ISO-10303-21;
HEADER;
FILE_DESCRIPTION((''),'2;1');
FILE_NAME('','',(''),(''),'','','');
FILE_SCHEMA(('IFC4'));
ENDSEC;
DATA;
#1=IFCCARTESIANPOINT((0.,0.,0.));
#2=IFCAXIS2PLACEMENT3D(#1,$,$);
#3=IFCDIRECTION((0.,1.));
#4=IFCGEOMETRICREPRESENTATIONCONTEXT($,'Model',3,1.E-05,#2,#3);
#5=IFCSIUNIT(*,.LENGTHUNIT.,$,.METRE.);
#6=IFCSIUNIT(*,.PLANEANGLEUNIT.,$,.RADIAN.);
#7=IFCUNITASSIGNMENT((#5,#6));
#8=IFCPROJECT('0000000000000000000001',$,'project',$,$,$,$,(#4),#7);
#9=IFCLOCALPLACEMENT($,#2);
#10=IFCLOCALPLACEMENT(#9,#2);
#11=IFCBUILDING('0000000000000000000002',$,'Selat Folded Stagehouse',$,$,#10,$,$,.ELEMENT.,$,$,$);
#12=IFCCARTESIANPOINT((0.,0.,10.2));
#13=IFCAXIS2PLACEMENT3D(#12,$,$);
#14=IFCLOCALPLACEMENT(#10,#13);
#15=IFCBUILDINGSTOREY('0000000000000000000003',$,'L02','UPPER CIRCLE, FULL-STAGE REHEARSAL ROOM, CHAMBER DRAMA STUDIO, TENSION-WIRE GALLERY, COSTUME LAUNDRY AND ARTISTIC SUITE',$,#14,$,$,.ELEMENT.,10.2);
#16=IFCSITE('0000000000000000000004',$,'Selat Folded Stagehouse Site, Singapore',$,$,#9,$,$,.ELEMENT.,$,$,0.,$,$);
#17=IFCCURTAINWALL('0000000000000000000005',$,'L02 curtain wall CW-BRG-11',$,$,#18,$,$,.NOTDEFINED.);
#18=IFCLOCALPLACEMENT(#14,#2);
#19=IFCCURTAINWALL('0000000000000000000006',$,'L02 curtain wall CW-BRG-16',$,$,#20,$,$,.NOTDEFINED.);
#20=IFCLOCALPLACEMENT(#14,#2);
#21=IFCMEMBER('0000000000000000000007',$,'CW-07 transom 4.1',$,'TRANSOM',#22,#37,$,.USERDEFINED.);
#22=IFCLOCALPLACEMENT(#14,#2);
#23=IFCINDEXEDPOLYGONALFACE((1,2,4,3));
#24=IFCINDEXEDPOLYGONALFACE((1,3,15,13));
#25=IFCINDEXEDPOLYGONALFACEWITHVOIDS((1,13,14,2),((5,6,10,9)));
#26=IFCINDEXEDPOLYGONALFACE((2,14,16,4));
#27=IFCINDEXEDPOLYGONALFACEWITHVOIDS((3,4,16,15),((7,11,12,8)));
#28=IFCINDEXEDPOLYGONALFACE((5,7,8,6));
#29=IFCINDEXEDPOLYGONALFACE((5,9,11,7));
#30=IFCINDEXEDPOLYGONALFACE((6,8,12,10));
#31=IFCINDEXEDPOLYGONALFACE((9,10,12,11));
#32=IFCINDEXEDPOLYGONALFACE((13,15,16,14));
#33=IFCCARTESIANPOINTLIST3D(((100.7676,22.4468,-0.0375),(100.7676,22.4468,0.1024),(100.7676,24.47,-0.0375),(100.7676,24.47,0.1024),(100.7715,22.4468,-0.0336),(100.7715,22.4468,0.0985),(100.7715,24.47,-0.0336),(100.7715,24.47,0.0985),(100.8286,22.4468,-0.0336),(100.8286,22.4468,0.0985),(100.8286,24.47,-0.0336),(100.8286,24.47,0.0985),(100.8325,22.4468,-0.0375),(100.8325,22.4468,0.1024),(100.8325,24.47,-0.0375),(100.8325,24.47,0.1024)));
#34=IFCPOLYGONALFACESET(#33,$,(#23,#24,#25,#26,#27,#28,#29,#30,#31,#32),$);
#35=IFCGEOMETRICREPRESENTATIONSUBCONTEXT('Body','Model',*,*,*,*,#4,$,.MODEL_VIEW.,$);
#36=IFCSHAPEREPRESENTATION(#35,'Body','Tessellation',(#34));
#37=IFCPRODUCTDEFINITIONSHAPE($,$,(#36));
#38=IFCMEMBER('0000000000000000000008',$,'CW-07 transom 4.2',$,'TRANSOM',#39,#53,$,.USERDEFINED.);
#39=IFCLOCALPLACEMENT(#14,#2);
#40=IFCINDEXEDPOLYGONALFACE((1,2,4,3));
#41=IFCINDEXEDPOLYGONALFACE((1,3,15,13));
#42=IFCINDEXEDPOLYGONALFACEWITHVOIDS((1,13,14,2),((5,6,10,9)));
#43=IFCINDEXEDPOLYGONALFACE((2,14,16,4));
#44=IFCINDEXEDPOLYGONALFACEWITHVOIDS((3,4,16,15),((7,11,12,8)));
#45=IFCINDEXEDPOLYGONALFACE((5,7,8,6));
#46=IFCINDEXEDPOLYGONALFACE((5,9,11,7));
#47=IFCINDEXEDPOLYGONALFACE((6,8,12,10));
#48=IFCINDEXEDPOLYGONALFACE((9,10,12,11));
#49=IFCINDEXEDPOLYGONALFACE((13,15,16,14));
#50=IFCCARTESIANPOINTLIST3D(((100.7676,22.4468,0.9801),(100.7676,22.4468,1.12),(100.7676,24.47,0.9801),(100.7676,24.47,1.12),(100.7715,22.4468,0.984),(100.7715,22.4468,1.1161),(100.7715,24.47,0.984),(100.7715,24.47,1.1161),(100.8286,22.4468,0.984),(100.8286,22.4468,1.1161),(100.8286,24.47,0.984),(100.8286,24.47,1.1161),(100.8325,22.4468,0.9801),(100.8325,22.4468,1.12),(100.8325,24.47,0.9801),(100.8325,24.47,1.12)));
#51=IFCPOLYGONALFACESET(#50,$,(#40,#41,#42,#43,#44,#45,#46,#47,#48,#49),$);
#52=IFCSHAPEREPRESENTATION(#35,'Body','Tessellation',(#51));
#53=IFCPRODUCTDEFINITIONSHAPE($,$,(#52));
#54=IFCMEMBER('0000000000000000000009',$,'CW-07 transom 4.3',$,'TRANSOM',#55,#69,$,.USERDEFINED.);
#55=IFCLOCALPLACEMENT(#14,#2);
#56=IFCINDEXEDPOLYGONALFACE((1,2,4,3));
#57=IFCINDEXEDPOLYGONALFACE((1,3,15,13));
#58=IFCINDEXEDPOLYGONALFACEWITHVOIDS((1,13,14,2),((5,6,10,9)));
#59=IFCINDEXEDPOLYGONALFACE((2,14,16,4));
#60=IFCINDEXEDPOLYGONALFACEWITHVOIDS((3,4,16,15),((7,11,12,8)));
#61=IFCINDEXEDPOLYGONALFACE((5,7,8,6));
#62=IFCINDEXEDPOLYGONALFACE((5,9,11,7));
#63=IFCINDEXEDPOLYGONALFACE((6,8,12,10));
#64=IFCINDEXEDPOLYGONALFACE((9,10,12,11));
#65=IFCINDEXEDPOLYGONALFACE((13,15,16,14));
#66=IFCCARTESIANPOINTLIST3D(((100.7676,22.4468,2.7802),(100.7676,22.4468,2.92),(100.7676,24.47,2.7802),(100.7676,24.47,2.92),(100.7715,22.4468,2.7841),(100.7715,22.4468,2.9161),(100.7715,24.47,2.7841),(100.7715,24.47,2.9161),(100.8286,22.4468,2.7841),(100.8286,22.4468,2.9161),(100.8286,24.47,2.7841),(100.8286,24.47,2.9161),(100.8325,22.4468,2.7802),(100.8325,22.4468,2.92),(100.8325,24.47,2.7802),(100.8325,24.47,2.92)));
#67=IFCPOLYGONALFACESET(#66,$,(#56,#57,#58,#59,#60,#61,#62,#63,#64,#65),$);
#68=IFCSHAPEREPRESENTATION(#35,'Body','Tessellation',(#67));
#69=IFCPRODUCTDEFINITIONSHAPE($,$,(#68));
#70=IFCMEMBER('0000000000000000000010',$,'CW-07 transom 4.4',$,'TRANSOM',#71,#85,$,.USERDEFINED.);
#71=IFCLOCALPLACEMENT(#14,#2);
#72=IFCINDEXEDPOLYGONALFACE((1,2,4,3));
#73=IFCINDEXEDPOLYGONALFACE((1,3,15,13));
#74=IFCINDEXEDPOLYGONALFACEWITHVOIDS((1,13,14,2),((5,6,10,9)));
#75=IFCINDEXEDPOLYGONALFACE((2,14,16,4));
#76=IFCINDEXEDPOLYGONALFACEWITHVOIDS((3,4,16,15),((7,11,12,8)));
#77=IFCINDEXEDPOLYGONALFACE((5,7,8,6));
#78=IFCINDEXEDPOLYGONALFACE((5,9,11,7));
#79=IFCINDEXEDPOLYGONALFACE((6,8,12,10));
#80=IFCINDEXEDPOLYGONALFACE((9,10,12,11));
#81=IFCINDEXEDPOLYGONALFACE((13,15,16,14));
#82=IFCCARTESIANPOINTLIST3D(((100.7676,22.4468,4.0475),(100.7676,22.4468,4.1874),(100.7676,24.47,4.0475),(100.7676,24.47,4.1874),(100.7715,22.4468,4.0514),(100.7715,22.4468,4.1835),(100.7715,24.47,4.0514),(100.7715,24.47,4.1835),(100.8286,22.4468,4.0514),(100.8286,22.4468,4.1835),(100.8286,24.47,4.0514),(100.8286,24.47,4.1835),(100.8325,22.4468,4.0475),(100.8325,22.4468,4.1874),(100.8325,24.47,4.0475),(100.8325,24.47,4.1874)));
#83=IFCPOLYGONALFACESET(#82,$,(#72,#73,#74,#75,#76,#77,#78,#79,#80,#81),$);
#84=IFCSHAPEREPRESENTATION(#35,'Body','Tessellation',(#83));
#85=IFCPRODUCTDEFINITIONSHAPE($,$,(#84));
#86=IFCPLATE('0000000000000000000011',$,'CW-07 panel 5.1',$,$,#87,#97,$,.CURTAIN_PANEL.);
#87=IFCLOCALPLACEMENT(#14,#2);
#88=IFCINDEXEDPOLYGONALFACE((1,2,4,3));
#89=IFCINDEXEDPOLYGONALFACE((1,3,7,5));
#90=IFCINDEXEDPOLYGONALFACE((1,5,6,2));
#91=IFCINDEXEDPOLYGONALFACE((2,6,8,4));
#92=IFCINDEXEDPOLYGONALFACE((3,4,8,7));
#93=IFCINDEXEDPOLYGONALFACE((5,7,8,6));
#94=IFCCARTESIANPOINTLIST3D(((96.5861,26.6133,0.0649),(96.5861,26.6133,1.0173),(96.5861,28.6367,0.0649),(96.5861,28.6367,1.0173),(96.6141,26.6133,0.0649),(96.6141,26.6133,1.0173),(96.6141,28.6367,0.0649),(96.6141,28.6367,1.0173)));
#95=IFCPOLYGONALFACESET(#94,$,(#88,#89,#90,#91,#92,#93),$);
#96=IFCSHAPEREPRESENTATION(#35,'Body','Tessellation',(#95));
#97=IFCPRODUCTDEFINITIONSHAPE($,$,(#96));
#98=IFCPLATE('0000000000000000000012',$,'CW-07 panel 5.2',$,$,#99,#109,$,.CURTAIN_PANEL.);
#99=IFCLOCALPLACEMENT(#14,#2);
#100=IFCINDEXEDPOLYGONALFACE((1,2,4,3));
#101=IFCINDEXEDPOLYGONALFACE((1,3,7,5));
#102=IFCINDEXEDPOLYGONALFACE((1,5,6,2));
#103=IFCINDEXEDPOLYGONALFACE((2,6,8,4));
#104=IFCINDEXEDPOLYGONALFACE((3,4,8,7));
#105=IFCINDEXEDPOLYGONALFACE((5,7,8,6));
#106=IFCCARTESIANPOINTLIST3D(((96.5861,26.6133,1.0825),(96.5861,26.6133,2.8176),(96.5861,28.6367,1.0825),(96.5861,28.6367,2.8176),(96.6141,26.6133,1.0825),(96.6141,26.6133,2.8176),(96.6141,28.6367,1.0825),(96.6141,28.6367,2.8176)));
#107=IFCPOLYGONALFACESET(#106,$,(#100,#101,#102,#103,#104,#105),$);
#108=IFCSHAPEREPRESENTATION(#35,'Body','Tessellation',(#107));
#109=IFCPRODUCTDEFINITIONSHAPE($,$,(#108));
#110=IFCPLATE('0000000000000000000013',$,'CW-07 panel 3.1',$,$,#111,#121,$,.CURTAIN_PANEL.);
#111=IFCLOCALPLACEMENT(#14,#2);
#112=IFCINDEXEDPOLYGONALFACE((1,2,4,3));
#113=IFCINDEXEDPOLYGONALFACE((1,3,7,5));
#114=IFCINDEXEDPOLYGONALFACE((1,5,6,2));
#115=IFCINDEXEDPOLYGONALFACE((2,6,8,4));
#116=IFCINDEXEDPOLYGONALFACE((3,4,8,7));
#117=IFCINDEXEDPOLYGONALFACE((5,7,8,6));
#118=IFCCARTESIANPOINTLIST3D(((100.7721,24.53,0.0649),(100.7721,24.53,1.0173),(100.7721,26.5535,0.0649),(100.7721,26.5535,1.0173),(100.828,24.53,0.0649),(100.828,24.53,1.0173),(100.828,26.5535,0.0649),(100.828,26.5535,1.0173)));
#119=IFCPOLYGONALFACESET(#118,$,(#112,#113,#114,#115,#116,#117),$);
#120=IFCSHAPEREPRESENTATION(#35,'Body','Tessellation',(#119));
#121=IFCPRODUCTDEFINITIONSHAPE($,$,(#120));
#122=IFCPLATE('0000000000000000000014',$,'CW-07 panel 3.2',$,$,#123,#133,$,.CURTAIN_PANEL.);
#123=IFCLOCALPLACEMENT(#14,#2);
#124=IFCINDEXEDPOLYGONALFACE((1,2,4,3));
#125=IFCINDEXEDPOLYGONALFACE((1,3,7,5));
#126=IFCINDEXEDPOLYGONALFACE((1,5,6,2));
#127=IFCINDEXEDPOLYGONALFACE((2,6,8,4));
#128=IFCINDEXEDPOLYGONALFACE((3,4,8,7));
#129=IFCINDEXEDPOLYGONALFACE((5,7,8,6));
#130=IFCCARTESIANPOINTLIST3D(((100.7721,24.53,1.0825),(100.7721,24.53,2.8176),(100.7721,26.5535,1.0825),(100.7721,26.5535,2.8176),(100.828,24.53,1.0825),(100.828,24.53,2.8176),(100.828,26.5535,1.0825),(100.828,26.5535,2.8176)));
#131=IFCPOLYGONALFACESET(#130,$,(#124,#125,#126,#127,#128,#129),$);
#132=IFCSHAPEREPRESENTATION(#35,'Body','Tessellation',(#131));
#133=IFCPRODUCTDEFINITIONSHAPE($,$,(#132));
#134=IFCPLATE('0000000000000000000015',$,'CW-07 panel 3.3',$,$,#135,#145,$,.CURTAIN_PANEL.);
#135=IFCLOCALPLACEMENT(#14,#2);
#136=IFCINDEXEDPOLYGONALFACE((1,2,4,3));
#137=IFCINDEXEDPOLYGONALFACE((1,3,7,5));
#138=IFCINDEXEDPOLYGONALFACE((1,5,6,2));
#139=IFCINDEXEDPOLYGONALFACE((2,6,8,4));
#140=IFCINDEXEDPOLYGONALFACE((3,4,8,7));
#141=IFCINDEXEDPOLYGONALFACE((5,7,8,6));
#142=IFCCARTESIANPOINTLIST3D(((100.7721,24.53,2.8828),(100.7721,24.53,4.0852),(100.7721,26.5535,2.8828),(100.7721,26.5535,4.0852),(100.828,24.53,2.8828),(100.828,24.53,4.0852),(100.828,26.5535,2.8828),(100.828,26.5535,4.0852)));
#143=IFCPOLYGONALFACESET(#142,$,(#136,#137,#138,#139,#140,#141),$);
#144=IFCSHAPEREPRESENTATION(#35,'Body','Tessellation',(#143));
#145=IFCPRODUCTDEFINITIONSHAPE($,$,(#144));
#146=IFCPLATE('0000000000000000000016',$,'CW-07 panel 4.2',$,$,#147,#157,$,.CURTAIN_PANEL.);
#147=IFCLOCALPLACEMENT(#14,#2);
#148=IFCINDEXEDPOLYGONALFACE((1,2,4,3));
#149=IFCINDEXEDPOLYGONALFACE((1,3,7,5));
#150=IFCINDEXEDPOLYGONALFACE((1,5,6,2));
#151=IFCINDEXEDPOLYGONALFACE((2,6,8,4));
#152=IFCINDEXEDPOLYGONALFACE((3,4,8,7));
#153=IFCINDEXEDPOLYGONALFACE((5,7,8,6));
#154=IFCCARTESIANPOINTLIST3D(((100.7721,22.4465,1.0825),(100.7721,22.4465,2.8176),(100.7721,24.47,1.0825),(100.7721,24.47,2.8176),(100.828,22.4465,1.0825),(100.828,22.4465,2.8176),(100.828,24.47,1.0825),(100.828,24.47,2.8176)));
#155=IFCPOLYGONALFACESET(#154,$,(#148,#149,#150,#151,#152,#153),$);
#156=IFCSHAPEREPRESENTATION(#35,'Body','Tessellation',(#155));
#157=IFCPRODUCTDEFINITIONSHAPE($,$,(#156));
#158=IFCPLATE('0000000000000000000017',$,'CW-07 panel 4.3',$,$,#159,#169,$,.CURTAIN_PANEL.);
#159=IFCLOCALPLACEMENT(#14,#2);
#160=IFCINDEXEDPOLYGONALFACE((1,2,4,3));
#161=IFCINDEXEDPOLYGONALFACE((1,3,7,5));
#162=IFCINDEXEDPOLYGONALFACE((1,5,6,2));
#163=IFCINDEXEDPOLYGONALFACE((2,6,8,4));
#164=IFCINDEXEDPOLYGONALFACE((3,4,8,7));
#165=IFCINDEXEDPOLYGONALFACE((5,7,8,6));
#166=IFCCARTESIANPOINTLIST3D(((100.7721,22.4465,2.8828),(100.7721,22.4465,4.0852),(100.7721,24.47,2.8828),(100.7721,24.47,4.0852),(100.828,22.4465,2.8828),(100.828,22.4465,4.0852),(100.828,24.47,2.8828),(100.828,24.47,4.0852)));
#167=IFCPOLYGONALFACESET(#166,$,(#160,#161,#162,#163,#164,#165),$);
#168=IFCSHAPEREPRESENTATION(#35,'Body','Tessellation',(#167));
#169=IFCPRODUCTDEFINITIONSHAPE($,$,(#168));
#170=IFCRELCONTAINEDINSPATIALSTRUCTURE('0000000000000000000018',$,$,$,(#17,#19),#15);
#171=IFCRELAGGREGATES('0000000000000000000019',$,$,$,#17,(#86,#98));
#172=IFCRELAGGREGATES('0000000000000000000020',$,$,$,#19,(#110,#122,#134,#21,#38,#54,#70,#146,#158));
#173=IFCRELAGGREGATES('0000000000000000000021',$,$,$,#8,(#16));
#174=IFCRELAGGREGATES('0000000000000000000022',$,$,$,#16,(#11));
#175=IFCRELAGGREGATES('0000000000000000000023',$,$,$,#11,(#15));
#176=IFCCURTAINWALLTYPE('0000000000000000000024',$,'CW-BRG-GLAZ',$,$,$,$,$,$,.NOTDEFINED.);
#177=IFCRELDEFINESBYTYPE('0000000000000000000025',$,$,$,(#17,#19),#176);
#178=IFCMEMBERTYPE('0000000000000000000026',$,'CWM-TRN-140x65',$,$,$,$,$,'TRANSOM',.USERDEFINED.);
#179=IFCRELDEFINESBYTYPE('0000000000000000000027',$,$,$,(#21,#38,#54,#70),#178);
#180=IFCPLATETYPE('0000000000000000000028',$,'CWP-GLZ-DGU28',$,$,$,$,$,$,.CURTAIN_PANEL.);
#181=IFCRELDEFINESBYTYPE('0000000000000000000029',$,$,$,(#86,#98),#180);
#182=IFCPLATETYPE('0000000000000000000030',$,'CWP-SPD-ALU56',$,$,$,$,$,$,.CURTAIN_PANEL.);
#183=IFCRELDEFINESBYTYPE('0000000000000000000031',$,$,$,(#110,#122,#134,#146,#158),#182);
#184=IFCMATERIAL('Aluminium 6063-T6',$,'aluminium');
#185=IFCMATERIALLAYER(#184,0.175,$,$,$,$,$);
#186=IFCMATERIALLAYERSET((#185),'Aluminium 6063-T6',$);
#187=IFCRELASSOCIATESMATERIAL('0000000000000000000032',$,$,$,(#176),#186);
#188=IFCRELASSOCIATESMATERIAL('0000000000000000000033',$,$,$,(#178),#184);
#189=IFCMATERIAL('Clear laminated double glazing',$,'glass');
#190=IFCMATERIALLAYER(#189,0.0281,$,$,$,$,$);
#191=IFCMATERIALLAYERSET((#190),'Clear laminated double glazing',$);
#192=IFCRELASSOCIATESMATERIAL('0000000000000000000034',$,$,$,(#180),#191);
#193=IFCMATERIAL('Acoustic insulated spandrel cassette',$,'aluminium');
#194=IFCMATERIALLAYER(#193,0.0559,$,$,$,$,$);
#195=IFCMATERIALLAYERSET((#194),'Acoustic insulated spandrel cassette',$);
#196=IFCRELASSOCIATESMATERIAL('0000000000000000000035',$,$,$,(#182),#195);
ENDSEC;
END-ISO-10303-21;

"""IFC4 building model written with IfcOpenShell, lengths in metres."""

from ifc_helpers import new_model, si_unit, direction, frame, origin, origin_2d, place, context, subcontext, project, spatial, rectangle, hollow_rectangle, extrude, material, layer, layer_set, material_profile, profile_set, type_object, element, aggregate, save


model = new_model("IFC4")

# Units and contexts
model_context = context("Model", 3, precision=1e-05, world=origin(), true_north=direction((0.0, 1.0)))
body_context = subcontext(model_context, "Body", "Model", "MODEL_VIEW")
ifc_project = project(units=[si_unit("LENGTHUNIT", "METRE"), si_unit("PLANEANGLEUNIT", "RADIAN")], contexts=[model_context])

# Site, building, storey
site_placement = place(None, origin())
site = spatial("IfcSite", under=ifc_project, at=site_placement, Name="Selat Folded Stagehouse Site, Singapore", CompositionType="ELEMENT", RefElevation=0.0)
building_placement = place(site_placement, origin())
building = spatial("IfcBuilding", under=site, at=building_placement, Name="Selat Folded Stagehouse", CompositionType="ELEMENT")
storey_placement = place(building_placement, frame((0.0, 0.0, 10.2)))
storey = spatial("IfcBuildingStorey", under=building, at=storey_placement, Name="L02", Description="UPPER CIRCLE, FULL-STAGE REHEARSAL ROOM, CHAMBER DRAMA STUDIO, TENSION-WIRE GALLERY, COSTUME LAUNDRY AND ARTISTIC SUITE", CompositionType="ELEMENT", Elevation=10.2)

# Curtain wall
ifc_material_1 = material(Name="Aluminium 6063-T6", Category="aluminium")
ifc_layer_1 = layer(ifc_material_1, 0.175)
ifc_layer_set_1 = layer_set([ifc_layer_1], Name="Aluminium 6063-T6")
curtain_wall_type = type_object("IfcCurtainWallType", Name="CW-BRG-GLAZ", PredefinedType="NOTDEFINED", material=ifc_layer_set_1)
curtain_wall_1_placement = place(storey_placement, origin())
curtain_wall_1 = element("IfcCurtainWall", 1, at=curtain_wall_1_placement, inside=storey, type_object=curtain_wall_type, Name="L02 curtain wall CW-BRG-11", PredefinedType="NOTDEFINED")

# Curtain wall
curtain_wall_2_placement = place(storey_placement, origin())
curtain_wall_2 = element("IfcCurtainWall", 2, at=curtain_wall_2_placement, inside=storey, type_object=curtain_wall_type, Name="L02 curtain wall CW-BRG-16", PredefinedType="NOTDEFINED")

# Members
ifc_material_profile_1 = material_profile(ifc_material_1, hollow_rectangle(XDim=0.0649, YDim=0.1399, WallThickness=0.0039, at=origin_2d()), Name="ALU 140x65x4.0")
ifc_profile_set_1 = profile_set([ifc_material_profile_1], Name="Aluminium 6063-T6")
member_type_1 = type_object("IfcMemberType", Name="CWM-TRN-140x65", ElementType="TRANSOM", PredefinedType="USERDEFINED", material=ifc_profile_set_1)
member_1_placement = place(storey_placement, frame((100.8, 24.47, 0.0325), z_axis=(0.0, -1.0, 0.0), x_axis=(1.0, 0.0, 0.0)))
member_1 = element("IfcMember", 3, at=member_1_placement, type_object=member_type_1, Name="CW-07 transom 4.1", ObjectType="TRANSOM", PredefinedType="USERDEFINED", context=body_context, shape_type="SweptSolid", body=[
    extrude(hollow_rectangle(XDim=0.0649, YDim=0.1399, WallThickness=0.0039, at=origin_2d()), origin(), (0.0, 0.0, 1.0), 2.0232),
])
member_2_placement = place(storey_placement, frame((100.8, 24.47, 1.05), z_axis=(0.0, -1.0, 0.0), x_axis=(1.0, 0.0, 0.0)))
member_2 = element("IfcMember", 4, at=member_2_placement, type_object=member_type_1, Name="CW-07 transom 4.2", ObjectType="TRANSOM", PredefinedType="USERDEFINED", context=body_context, shape_type="SweptSolid", body=[
    extrude(hollow_rectangle(XDim=0.0649, YDim=0.1399, WallThickness=0.0039, at=origin_2d()), origin(), (0.0, 0.0, 1.0), 2.0232),
])
member_3_placement = place(storey_placement, frame((100.8, 24.47, 2.8501), z_axis=(0.0, -1.0, 0.0), x_axis=(1.0, 0.0, 0.0)))
member_3 = element("IfcMember", 5, at=member_3_placement, type_object=member_type_1, Name="CW-07 transom 4.3", ObjectType="TRANSOM", PredefinedType="USERDEFINED", context=body_context, shape_type="SweptSolid", body=[
    extrude(hollow_rectangle(XDim=0.0649, YDim=0.1399, WallThickness=0.0039, at=origin_2d()), origin(), (0.0, 0.0, 1.0), 2.0232),
])
member_4_placement = place(storey_placement, frame((100.8, 24.47, 4.1174), z_axis=(0.0, -1.0, 0.0), x_axis=(1.0, 0.0, 0.0)))
member_4 = element("IfcMember", 6, at=member_4_placement, type_object=member_type_1, Name="CW-07 transom 4.4", ObjectType="TRANSOM", PredefinedType="USERDEFINED", context=body_context, shape_type="SweptSolid", body=[
    extrude(hollow_rectangle(XDim=0.0649, YDim=0.1399, WallThickness=0.0039, at=origin_2d()), origin(), (0.0, 0.0, 1.0), 2.0232),
])

# Plates
ifc_material_2 = material(Name="Clear laminated double glazing", Category="glass")
ifc_layer_2 = layer(ifc_material_2, 0.0281)
ifc_layer_set_2 = layer_set([ifc_layer_2], Name="Clear laminated double glazing")
plate_type_1 = type_object("IfcPlateType", Name="CWP-GLZ-DGU28", PredefinedType="CURTAIN_PANEL", material=ifc_layer_set_2)
plate_1_placement = place(storey_placement, frame((96.6001, 27.625, 0.0649), z_axis=(0.0, 0.0, 1.0), x_axis=(0.0, 1.0, 0.0)))
plate_1 = element("IfcPlate", 7, at=plate_1_placement, type_object=plate_type_1, Name="CW-07 panel 5.1", PredefinedType="CURTAIN_PANEL", context=body_context, shape_type="SweptSolid", body=[
    extrude(rectangle(XDim=2.0234, YDim=0.0281, at=origin_2d()), origin(), (0.0, 0.0, 1.0), 0.9524),
])
plate_2_placement = place(storey_placement, frame((96.6001, 27.625, 1.0825), z_axis=(0.0, 0.0, 1.0), x_axis=(0.0, 1.0, 0.0)))
plate_2 = element("IfcPlate", 8, at=plate_2_placement, type_object=plate_type_1, Name="CW-07 panel 5.2", PredefinedType="CURTAIN_PANEL", context=body_context, shape_type="SweptSolid", body=[
    extrude(rectangle(XDim=2.0234, YDim=0.0281, at=origin_2d()), origin(), (0.0, 0.0, 1.0), 1.7351),
])
aggregate(curtain_wall_1, [plate_1, plate_2])
ifc_material_3 = material(Name="Acoustic insulated spandrel cassette", Category="aluminium")
ifc_layer_3 = layer(ifc_material_3, 0.0559)
ifc_layer_set_3 = layer_set([ifc_layer_3], Name="Acoustic insulated spandrel cassette")
plate_type_2 = type_object("IfcPlateType", Name="CWP-SPD-ALU56", PredefinedType="CURTAIN_PANEL", material=ifc_layer_set_3)
plate_3_placement = place(storey_placement, frame((100.8, 25.5417, 0.0649), z_axis=(0.0, 0.0, 1.0), x_axis=(0.0, -1.0, 0.0)))
plate_3 = element("IfcPlate", 9, at=plate_3_placement, type_object=plate_type_2, Name="CW-07 panel 3.1", PredefinedType="CURTAIN_PANEL", context=body_context, shape_type="SweptSolid", body=[
    extrude(rectangle(XDim=2.0234, YDim=0.0559, at=origin_2d()), origin(), (0.0, 0.0, 1.0), 0.9524),
])
plate_4_placement = place(storey_placement, frame((100.8, 25.5417, 1.0825), z_axis=(0.0, 0.0, 1.0), x_axis=(0.0, -1.0, 0.0)))
plate_4 = element("IfcPlate", 10, at=plate_4_placement, type_object=plate_type_2, Name="CW-07 panel 3.2", PredefinedType="CURTAIN_PANEL", context=body_context, shape_type="SweptSolid", body=[
    extrude(rectangle(XDim=2.0234, YDim=0.0559, at=origin_2d()), origin(), (0.0, 0.0, 1.0), 1.7351),
])
plate_5_placement = place(storey_placement, frame((100.8, 25.5417, 2.8828), z_axis=(0.0, 0.0, 1.0), x_axis=(0.0, -1.0, 0.0)))
plate_5 = element("IfcPlate", 11, at=plate_5_placement, type_object=plate_type_2, Name="CW-07 panel 3.3", PredefinedType="CURTAIN_PANEL", context=body_context, shape_type="SweptSolid", body=[
    extrude(rectangle(XDim=2.0234, YDim=0.0559, at=origin_2d()), origin(), (0.0, 0.0, 1.0), 1.2024),
])
plate_6_placement = place(storey_placement, frame((100.8, 23.4583, 1.0825), z_axis=(0.0, 0.0, 1.0), x_axis=(0.0, -1.0, 0.0)))
plate_6 = element("IfcPlate", 12, at=plate_6_placement, type_object=plate_type_2, Name="CW-07 panel 4.2", PredefinedType="CURTAIN_PANEL", context=body_context, shape_type="SweptSolid", body=[
    extrude(rectangle(XDim=2.0234, YDim=0.0559, at=origin_2d()), origin(), (0.0, 0.0, 1.0), 1.7351),
])
plate_7_placement = place(storey_placement, frame((100.8, 23.4583, 2.8828), z_axis=(0.0, 0.0, 1.0), x_axis=(0.0, -1.0, 0.0)))
plate_7 = element("IfcPlate", 13, at=plate_7_placement, type_object=plate_type_2, Name="CW-07 panel 4.3", PredefinedType="CURTAIN_PANEL", context=body_context, shape_type="SweptSolid", body=[
    extrude(rectangle(XDim=2.0234, YDim=0.0559, at=origin_2d()), origin(), (0.0, 0.0, 1.0), 1.2024),
])
aggregate(curtain_wall_2, [plate_3, plate_4, plate_5, member_1, member_2, member_3, member_4, plate_6, plate_7])

save(model, "model.ifc")
